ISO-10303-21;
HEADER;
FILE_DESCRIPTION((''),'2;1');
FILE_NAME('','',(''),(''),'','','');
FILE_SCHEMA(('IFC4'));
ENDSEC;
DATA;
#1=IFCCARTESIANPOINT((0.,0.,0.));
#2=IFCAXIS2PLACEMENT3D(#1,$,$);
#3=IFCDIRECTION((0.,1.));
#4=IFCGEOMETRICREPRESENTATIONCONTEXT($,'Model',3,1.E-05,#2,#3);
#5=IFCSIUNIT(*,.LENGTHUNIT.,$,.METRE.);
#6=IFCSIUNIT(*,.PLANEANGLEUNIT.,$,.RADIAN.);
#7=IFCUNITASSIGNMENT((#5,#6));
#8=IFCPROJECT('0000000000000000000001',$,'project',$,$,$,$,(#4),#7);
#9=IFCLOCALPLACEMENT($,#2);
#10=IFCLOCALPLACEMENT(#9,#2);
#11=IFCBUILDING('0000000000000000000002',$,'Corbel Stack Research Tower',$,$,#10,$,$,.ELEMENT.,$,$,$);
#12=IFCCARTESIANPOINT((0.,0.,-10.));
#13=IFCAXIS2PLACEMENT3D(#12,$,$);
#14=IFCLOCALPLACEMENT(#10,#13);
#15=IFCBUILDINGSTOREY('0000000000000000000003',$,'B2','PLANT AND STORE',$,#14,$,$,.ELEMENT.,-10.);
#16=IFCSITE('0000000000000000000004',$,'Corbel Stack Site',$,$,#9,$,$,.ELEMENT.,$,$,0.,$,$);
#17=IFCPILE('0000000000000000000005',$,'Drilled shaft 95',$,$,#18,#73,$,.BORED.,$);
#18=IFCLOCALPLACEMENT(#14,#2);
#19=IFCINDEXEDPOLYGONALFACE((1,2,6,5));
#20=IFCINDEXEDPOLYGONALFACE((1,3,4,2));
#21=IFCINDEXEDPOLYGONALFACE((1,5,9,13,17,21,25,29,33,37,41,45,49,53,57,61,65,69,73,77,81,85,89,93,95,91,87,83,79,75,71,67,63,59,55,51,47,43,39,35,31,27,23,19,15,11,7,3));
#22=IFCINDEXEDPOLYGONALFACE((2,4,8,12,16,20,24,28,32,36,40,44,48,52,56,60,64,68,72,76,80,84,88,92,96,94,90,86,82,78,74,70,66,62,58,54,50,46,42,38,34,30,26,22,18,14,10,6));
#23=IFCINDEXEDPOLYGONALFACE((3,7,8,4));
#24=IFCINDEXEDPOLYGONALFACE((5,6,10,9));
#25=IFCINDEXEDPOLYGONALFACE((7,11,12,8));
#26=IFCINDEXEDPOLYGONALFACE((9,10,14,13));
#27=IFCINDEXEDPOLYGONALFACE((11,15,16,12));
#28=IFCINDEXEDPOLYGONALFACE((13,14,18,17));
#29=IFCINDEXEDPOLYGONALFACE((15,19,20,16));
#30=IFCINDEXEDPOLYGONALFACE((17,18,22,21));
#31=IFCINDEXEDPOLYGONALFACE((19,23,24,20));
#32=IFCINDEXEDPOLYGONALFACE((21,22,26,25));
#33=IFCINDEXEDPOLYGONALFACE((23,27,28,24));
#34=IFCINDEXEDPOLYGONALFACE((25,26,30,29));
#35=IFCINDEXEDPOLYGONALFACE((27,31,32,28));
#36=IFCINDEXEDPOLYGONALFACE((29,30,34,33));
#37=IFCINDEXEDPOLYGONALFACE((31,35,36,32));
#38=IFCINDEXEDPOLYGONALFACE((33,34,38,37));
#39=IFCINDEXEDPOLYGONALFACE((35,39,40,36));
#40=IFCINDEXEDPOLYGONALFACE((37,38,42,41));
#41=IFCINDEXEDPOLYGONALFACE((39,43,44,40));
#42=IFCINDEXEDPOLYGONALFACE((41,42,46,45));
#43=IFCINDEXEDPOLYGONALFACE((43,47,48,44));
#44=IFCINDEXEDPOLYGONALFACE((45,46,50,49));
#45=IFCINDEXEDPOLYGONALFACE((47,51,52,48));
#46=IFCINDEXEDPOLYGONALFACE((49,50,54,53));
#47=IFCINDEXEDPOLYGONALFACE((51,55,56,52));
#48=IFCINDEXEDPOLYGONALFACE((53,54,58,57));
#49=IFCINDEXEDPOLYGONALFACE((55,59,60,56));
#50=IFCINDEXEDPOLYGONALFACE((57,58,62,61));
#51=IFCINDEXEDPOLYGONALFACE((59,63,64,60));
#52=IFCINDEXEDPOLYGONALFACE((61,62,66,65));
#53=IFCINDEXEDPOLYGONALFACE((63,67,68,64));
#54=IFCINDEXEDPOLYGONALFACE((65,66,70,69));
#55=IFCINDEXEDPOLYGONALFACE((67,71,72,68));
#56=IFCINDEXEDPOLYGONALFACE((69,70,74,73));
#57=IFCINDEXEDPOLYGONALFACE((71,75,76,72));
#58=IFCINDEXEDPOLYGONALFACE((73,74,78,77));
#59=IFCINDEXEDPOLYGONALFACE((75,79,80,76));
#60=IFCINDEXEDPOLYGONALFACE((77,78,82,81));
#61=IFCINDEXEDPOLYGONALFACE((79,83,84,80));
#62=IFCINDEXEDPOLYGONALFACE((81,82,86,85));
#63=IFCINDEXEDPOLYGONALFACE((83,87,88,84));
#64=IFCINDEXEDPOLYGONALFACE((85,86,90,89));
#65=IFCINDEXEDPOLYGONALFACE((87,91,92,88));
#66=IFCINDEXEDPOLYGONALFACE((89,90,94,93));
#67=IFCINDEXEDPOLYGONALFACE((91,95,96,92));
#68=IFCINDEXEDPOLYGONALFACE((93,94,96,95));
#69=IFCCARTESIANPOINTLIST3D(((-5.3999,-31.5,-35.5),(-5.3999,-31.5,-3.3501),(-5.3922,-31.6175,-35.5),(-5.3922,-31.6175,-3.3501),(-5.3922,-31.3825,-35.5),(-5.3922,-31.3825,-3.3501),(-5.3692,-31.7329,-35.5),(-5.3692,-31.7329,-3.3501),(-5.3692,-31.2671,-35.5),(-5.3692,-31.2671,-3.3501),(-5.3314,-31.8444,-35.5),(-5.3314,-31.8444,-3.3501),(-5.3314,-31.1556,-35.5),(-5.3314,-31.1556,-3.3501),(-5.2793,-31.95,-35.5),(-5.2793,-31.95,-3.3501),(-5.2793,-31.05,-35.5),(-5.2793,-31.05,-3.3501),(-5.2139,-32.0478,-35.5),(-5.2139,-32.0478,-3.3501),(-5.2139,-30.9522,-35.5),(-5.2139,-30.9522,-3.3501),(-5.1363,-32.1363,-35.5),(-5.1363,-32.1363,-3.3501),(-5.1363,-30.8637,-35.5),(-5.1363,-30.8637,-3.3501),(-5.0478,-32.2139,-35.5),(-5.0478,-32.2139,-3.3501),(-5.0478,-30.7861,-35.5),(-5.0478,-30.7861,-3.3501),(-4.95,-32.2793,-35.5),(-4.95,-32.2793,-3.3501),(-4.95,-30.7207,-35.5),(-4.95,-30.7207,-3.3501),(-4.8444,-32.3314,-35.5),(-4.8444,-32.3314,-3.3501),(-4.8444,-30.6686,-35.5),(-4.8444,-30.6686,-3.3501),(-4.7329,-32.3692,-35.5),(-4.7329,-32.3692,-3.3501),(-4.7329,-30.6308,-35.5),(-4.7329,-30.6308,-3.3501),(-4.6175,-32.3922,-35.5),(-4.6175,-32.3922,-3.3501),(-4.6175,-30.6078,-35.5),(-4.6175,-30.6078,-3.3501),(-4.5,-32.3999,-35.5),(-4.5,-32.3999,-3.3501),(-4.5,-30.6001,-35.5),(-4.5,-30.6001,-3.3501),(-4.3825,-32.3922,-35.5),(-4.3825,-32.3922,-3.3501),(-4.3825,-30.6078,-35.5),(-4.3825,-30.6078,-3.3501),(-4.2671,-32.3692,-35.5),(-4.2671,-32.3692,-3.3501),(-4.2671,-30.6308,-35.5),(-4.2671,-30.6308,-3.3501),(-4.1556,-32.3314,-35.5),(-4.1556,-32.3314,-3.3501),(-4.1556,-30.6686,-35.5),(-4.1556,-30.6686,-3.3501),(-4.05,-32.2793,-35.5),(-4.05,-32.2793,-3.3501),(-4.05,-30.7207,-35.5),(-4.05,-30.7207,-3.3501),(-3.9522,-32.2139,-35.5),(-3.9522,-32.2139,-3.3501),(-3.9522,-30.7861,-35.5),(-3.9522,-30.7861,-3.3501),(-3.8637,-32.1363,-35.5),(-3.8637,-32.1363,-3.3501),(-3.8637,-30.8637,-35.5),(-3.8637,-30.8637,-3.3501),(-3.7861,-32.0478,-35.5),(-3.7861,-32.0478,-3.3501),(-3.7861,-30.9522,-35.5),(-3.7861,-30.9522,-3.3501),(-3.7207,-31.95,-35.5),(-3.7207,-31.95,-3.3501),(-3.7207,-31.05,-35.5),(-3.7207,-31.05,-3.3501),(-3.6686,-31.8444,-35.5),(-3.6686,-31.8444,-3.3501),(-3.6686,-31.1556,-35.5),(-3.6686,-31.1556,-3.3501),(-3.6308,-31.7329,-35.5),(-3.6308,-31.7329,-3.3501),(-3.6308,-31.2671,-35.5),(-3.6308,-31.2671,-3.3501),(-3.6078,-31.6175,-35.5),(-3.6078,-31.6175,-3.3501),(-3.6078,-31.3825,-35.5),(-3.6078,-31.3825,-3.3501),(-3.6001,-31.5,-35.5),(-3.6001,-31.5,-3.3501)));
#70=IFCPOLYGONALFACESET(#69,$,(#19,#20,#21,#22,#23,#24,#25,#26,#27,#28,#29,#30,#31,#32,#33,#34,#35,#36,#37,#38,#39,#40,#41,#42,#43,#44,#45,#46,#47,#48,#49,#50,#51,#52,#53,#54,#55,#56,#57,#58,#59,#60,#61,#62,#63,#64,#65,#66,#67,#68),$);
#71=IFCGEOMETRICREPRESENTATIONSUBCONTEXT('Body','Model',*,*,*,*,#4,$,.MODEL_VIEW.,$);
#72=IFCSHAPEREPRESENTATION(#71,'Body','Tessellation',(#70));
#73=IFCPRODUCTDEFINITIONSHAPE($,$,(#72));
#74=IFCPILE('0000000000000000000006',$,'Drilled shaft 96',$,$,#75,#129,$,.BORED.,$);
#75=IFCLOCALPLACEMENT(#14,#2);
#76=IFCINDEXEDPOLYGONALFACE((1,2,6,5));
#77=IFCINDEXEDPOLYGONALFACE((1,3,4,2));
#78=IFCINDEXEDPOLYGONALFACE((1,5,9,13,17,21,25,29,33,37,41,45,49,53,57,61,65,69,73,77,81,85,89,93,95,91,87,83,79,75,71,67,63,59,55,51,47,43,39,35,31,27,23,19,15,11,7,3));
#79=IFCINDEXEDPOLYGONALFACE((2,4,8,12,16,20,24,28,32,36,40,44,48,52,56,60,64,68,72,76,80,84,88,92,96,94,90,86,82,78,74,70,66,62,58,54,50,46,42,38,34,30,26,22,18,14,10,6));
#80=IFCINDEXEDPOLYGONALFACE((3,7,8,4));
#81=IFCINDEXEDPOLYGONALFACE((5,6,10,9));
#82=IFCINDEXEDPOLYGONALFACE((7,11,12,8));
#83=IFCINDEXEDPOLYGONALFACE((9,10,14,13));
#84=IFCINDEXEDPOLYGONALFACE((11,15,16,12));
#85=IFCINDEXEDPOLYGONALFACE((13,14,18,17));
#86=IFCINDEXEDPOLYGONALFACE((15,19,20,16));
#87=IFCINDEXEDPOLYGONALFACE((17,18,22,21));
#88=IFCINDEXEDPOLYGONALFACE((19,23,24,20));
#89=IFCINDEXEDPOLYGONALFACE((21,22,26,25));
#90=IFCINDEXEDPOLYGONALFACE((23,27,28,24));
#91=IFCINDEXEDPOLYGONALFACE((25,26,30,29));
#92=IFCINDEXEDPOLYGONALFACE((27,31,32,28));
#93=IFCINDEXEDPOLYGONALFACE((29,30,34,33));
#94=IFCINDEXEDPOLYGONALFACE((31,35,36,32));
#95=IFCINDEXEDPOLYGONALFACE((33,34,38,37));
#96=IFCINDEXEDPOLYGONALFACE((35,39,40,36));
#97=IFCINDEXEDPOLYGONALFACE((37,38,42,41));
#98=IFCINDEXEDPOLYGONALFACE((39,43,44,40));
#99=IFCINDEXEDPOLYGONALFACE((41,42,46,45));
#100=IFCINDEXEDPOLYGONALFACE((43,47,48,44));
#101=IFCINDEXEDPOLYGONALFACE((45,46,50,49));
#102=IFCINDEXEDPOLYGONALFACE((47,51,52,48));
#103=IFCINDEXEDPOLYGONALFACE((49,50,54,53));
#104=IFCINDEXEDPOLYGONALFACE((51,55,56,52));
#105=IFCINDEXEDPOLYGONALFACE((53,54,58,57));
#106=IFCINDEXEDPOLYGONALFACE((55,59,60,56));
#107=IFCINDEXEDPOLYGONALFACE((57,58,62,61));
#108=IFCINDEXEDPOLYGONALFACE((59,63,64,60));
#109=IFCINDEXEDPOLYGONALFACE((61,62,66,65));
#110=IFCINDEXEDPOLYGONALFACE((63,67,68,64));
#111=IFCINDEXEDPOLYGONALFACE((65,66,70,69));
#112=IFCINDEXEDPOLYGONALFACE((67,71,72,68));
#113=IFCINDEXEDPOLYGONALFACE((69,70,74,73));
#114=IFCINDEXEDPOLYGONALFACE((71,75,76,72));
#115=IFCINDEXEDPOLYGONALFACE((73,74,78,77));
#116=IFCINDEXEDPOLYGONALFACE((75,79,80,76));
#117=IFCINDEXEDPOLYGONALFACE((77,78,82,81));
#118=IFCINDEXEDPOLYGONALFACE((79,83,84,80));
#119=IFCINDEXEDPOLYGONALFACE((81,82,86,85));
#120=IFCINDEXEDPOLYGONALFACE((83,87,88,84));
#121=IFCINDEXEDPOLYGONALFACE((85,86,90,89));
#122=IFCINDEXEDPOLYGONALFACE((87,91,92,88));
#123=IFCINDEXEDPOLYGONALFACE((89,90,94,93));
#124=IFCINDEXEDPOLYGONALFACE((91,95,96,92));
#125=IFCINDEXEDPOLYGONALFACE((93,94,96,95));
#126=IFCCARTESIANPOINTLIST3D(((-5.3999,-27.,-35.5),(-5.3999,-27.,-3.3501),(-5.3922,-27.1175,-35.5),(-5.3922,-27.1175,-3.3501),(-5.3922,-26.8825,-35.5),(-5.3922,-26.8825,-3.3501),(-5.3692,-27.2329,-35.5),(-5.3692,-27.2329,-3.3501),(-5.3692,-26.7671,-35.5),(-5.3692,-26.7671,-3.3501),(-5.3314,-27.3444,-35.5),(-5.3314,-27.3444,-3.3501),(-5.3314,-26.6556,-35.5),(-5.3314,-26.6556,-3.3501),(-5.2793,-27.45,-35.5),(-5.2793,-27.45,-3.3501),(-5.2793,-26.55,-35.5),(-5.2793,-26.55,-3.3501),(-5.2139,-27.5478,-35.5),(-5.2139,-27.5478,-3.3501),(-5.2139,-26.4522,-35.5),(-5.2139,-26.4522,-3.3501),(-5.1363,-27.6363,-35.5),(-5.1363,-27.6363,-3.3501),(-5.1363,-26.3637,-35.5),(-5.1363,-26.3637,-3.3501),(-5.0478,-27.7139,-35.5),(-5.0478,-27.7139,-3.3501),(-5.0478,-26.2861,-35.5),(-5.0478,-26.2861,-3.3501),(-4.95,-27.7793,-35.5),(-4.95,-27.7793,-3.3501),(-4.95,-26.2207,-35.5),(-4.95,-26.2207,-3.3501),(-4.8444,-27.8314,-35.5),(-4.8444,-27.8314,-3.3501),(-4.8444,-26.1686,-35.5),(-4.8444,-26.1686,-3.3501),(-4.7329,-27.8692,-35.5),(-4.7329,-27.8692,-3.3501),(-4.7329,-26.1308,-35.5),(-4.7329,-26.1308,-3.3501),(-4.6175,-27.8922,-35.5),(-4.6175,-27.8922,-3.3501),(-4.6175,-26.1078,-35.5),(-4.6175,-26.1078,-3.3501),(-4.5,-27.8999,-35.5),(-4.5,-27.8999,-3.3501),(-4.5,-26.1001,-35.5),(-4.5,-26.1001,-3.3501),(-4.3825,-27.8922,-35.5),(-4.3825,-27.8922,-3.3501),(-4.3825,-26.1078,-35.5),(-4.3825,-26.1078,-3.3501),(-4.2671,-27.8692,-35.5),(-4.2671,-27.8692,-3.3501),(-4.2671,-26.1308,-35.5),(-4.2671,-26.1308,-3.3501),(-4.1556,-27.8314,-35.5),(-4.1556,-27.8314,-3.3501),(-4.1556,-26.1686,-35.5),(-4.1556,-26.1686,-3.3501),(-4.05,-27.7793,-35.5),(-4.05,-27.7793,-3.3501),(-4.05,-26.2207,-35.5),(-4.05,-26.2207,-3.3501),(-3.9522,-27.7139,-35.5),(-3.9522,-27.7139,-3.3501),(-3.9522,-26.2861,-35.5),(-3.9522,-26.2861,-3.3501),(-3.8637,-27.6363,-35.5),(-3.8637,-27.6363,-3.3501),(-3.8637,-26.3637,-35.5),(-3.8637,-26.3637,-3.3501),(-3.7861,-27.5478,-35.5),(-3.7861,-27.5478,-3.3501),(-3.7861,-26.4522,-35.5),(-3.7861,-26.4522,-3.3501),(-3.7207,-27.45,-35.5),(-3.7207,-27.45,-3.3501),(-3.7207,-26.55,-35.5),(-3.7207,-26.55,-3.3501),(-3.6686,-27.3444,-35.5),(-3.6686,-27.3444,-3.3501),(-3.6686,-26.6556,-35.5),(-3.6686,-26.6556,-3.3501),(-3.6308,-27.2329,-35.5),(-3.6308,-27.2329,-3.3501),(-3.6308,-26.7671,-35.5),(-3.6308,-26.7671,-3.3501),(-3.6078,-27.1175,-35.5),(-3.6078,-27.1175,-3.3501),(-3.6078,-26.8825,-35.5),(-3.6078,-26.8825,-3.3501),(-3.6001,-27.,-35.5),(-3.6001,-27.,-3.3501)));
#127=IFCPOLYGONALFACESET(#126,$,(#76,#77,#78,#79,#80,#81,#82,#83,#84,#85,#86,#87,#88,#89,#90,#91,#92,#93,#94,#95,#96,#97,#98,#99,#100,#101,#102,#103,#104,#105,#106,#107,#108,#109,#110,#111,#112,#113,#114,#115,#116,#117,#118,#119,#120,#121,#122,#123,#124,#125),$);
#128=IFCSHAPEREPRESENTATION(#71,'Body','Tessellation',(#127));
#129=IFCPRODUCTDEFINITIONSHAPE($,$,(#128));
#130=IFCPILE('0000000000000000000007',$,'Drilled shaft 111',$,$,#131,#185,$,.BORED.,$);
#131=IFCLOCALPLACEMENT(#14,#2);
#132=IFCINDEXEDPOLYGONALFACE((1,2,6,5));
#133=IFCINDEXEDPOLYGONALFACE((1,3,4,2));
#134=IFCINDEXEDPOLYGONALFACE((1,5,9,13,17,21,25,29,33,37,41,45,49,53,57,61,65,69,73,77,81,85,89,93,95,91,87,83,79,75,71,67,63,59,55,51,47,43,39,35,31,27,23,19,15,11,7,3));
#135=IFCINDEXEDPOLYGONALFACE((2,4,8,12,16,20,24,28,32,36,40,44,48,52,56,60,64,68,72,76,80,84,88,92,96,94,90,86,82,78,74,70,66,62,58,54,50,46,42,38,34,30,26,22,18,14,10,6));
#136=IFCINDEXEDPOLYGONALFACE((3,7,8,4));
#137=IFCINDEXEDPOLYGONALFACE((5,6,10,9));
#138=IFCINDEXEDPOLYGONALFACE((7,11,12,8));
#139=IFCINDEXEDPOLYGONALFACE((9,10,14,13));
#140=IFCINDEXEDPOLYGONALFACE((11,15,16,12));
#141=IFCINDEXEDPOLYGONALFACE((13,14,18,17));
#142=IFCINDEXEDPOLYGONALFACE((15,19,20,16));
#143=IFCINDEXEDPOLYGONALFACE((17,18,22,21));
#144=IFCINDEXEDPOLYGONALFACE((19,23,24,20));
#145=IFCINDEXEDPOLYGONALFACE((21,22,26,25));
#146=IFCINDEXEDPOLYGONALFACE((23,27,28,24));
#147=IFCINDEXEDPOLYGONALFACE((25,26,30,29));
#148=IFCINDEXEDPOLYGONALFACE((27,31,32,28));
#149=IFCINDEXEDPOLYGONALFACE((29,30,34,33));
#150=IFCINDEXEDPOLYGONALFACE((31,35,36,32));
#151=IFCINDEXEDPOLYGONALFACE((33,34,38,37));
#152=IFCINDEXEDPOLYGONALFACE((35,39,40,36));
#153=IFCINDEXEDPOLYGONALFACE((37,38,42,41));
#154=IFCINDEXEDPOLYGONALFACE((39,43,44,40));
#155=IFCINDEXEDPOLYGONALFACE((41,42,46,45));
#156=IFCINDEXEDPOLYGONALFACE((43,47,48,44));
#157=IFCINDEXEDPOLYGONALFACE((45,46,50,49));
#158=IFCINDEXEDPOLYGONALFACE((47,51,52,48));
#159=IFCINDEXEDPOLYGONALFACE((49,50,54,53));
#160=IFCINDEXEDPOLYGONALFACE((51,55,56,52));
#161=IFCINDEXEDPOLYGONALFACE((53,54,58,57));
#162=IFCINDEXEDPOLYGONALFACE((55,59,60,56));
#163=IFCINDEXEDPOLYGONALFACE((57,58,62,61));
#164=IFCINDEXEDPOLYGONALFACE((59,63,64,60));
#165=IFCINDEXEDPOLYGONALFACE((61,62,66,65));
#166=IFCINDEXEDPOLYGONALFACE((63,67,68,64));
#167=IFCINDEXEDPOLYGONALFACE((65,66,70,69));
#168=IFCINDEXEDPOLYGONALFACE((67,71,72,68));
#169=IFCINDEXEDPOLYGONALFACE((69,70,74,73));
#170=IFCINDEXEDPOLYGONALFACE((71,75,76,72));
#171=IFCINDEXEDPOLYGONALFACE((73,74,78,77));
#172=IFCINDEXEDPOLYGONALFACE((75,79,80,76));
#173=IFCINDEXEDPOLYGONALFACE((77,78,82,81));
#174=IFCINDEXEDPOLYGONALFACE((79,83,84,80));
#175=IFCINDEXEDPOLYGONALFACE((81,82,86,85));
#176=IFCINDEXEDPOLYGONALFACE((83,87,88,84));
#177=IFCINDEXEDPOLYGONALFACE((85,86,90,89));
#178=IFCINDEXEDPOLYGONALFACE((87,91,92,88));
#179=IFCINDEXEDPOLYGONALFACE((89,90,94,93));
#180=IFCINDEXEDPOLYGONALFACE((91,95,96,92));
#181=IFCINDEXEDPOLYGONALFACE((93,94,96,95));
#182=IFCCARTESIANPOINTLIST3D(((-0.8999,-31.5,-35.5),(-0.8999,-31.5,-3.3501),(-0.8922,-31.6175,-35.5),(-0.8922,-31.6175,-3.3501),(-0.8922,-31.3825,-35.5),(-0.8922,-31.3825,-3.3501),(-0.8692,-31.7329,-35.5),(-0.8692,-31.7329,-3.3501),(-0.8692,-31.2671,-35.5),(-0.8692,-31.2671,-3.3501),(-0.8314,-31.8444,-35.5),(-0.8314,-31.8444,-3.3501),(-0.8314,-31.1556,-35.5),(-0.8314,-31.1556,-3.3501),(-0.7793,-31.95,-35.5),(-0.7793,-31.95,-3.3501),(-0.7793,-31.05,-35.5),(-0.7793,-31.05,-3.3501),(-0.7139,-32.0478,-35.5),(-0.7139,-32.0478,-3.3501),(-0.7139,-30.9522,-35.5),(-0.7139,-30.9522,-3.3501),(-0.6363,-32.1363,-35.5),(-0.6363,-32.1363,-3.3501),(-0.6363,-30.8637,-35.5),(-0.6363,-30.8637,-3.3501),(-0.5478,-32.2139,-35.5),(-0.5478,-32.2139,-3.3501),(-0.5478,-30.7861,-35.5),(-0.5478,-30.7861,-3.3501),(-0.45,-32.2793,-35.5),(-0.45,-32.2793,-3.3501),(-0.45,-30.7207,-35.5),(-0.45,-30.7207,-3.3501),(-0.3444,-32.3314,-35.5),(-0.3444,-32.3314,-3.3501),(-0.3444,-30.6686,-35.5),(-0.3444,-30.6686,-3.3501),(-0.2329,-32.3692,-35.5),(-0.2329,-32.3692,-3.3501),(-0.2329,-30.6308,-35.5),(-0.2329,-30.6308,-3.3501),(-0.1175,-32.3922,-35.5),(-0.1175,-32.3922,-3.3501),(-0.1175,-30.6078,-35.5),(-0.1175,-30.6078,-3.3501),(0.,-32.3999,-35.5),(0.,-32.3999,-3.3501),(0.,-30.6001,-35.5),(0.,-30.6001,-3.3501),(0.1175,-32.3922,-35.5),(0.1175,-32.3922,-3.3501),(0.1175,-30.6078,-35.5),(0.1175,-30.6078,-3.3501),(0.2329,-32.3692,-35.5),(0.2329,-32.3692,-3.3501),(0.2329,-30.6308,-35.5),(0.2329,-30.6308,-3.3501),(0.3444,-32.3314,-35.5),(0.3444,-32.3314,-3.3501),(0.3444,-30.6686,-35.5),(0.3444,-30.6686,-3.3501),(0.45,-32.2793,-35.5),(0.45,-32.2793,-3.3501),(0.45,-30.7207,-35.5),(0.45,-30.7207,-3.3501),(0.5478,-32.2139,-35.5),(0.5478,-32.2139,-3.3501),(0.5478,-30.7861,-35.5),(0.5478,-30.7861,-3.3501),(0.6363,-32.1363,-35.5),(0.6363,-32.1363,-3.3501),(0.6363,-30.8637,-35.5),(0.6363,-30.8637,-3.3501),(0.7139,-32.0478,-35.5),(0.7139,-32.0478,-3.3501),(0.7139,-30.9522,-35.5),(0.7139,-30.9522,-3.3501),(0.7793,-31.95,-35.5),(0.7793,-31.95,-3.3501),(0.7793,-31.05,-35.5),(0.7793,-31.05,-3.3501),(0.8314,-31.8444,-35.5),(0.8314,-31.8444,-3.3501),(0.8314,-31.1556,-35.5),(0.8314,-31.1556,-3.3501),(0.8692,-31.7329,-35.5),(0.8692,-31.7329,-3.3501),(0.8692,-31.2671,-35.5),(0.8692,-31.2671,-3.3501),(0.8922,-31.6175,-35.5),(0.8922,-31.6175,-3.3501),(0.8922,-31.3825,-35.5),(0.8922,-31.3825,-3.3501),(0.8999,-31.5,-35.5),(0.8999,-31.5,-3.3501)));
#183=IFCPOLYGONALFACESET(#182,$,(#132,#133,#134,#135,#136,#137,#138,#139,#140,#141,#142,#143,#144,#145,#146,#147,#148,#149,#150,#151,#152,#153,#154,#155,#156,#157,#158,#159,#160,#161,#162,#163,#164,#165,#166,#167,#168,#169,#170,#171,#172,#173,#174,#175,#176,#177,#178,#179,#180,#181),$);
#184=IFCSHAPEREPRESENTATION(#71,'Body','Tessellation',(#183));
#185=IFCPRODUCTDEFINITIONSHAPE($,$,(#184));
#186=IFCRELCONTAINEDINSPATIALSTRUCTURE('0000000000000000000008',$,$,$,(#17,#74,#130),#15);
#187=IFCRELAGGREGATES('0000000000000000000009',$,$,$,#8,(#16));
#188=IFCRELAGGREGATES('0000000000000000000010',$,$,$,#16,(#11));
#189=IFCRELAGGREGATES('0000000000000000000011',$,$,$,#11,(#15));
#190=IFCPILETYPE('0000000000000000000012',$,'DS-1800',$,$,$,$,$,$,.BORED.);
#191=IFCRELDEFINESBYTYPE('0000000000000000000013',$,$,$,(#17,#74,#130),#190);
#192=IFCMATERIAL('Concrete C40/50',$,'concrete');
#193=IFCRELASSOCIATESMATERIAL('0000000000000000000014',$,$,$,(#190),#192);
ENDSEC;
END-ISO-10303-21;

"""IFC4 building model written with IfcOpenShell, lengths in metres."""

from ifc_helpers import new_model, si_unit, direction, frame, origin, origin_2d, place, context, subcontext, project, spatial, circle, extrude, material, material_profile, profile_set, type_object, element, save


model = new_model("IFC4")

# Units and contexts
model_context = context("Model", 3, precision=1e-05, world=origin(), true_north=direction((0.0, 1.0)))
body_context = subcontext(model_context, "Body", "Model", "MODEL_VIEW")
ifc_project = project(units=[si_unit("LENGTHUNIT", "METRE"), si_unit("PLANEANGLEUNIT", "RADIAN")], contexts=[model_context])

# Site, building, storey
site_placement = place(None, origin())
site = spatial("IfcSite", under=ifc_project, at=site_placement, Name="Corbel Stack Site", CompositionType="ELEMENT", RefElevation=0.0)
building_placement = place(site_placement, origin())
building = spatial("IfcBuilding", under=site, at=building_placement, Name="Corbel Stack Research Tower", CompositionType="ELEMENT")
storey_placement = place(building_placement, frame((0.0, 0.0, -10.0)))
storey = spatial("IfcBuildingStorey", under=building, at=storey_placement, Name="B2", Description="PLANT AND STORE", CompositionType="ELEMENT", Elevation=-10.0)

# Piles
ifc_material_1 = material(Name="Concrete C40/50", Category="concrete")
ifc_material_profile_1 = material_profile(ifc_material_1, circle(Radius=0.8999, at=origin_2d()), Name="Shaft 1800")
ifc_profile_set_1 = profile_set([ifc_material_profile_1], Name="Concrete C40/50")
pile_type = type_object("IfcPileType", Name="DS-1800", PredefinedType="BORED", material=ifc_profile_set_1)
for number, where, z_axis, x_axis, name in (
    (1, (-4.5, -31.5, -3.3501), (0.0, 0.0, -1.0), (1.0, 0.0, 0.0), "Drilled shaft 95"),
    (2, (-4.5, -27.0, -3.3501), (0.0, 0.0, -1.0), (1.0, 0.0, 0.0), "Drilled shaft 96"),
    (3, (0.0, -31.5, -3.3501), (0.0, 0.0, -1.0), (1.0, 0.0, 0.0), "Drilled shaft 111"),
):
    element("IfcPile", number, at=place(storey_placement, frame(where, z_axis=z_axis, x_axis=x_axis)), inside=storey, type_object=pile_type, Name=name, PredefinedType="BORED", context=body_context, shape_type="SweptSolid", body=[
        extrude(circle(Radius=0.8999, at=origin_2d()), origin(), (0.0, 0.0, 1.0), 32.1499),
    ])

save(model, "model.ifc")
